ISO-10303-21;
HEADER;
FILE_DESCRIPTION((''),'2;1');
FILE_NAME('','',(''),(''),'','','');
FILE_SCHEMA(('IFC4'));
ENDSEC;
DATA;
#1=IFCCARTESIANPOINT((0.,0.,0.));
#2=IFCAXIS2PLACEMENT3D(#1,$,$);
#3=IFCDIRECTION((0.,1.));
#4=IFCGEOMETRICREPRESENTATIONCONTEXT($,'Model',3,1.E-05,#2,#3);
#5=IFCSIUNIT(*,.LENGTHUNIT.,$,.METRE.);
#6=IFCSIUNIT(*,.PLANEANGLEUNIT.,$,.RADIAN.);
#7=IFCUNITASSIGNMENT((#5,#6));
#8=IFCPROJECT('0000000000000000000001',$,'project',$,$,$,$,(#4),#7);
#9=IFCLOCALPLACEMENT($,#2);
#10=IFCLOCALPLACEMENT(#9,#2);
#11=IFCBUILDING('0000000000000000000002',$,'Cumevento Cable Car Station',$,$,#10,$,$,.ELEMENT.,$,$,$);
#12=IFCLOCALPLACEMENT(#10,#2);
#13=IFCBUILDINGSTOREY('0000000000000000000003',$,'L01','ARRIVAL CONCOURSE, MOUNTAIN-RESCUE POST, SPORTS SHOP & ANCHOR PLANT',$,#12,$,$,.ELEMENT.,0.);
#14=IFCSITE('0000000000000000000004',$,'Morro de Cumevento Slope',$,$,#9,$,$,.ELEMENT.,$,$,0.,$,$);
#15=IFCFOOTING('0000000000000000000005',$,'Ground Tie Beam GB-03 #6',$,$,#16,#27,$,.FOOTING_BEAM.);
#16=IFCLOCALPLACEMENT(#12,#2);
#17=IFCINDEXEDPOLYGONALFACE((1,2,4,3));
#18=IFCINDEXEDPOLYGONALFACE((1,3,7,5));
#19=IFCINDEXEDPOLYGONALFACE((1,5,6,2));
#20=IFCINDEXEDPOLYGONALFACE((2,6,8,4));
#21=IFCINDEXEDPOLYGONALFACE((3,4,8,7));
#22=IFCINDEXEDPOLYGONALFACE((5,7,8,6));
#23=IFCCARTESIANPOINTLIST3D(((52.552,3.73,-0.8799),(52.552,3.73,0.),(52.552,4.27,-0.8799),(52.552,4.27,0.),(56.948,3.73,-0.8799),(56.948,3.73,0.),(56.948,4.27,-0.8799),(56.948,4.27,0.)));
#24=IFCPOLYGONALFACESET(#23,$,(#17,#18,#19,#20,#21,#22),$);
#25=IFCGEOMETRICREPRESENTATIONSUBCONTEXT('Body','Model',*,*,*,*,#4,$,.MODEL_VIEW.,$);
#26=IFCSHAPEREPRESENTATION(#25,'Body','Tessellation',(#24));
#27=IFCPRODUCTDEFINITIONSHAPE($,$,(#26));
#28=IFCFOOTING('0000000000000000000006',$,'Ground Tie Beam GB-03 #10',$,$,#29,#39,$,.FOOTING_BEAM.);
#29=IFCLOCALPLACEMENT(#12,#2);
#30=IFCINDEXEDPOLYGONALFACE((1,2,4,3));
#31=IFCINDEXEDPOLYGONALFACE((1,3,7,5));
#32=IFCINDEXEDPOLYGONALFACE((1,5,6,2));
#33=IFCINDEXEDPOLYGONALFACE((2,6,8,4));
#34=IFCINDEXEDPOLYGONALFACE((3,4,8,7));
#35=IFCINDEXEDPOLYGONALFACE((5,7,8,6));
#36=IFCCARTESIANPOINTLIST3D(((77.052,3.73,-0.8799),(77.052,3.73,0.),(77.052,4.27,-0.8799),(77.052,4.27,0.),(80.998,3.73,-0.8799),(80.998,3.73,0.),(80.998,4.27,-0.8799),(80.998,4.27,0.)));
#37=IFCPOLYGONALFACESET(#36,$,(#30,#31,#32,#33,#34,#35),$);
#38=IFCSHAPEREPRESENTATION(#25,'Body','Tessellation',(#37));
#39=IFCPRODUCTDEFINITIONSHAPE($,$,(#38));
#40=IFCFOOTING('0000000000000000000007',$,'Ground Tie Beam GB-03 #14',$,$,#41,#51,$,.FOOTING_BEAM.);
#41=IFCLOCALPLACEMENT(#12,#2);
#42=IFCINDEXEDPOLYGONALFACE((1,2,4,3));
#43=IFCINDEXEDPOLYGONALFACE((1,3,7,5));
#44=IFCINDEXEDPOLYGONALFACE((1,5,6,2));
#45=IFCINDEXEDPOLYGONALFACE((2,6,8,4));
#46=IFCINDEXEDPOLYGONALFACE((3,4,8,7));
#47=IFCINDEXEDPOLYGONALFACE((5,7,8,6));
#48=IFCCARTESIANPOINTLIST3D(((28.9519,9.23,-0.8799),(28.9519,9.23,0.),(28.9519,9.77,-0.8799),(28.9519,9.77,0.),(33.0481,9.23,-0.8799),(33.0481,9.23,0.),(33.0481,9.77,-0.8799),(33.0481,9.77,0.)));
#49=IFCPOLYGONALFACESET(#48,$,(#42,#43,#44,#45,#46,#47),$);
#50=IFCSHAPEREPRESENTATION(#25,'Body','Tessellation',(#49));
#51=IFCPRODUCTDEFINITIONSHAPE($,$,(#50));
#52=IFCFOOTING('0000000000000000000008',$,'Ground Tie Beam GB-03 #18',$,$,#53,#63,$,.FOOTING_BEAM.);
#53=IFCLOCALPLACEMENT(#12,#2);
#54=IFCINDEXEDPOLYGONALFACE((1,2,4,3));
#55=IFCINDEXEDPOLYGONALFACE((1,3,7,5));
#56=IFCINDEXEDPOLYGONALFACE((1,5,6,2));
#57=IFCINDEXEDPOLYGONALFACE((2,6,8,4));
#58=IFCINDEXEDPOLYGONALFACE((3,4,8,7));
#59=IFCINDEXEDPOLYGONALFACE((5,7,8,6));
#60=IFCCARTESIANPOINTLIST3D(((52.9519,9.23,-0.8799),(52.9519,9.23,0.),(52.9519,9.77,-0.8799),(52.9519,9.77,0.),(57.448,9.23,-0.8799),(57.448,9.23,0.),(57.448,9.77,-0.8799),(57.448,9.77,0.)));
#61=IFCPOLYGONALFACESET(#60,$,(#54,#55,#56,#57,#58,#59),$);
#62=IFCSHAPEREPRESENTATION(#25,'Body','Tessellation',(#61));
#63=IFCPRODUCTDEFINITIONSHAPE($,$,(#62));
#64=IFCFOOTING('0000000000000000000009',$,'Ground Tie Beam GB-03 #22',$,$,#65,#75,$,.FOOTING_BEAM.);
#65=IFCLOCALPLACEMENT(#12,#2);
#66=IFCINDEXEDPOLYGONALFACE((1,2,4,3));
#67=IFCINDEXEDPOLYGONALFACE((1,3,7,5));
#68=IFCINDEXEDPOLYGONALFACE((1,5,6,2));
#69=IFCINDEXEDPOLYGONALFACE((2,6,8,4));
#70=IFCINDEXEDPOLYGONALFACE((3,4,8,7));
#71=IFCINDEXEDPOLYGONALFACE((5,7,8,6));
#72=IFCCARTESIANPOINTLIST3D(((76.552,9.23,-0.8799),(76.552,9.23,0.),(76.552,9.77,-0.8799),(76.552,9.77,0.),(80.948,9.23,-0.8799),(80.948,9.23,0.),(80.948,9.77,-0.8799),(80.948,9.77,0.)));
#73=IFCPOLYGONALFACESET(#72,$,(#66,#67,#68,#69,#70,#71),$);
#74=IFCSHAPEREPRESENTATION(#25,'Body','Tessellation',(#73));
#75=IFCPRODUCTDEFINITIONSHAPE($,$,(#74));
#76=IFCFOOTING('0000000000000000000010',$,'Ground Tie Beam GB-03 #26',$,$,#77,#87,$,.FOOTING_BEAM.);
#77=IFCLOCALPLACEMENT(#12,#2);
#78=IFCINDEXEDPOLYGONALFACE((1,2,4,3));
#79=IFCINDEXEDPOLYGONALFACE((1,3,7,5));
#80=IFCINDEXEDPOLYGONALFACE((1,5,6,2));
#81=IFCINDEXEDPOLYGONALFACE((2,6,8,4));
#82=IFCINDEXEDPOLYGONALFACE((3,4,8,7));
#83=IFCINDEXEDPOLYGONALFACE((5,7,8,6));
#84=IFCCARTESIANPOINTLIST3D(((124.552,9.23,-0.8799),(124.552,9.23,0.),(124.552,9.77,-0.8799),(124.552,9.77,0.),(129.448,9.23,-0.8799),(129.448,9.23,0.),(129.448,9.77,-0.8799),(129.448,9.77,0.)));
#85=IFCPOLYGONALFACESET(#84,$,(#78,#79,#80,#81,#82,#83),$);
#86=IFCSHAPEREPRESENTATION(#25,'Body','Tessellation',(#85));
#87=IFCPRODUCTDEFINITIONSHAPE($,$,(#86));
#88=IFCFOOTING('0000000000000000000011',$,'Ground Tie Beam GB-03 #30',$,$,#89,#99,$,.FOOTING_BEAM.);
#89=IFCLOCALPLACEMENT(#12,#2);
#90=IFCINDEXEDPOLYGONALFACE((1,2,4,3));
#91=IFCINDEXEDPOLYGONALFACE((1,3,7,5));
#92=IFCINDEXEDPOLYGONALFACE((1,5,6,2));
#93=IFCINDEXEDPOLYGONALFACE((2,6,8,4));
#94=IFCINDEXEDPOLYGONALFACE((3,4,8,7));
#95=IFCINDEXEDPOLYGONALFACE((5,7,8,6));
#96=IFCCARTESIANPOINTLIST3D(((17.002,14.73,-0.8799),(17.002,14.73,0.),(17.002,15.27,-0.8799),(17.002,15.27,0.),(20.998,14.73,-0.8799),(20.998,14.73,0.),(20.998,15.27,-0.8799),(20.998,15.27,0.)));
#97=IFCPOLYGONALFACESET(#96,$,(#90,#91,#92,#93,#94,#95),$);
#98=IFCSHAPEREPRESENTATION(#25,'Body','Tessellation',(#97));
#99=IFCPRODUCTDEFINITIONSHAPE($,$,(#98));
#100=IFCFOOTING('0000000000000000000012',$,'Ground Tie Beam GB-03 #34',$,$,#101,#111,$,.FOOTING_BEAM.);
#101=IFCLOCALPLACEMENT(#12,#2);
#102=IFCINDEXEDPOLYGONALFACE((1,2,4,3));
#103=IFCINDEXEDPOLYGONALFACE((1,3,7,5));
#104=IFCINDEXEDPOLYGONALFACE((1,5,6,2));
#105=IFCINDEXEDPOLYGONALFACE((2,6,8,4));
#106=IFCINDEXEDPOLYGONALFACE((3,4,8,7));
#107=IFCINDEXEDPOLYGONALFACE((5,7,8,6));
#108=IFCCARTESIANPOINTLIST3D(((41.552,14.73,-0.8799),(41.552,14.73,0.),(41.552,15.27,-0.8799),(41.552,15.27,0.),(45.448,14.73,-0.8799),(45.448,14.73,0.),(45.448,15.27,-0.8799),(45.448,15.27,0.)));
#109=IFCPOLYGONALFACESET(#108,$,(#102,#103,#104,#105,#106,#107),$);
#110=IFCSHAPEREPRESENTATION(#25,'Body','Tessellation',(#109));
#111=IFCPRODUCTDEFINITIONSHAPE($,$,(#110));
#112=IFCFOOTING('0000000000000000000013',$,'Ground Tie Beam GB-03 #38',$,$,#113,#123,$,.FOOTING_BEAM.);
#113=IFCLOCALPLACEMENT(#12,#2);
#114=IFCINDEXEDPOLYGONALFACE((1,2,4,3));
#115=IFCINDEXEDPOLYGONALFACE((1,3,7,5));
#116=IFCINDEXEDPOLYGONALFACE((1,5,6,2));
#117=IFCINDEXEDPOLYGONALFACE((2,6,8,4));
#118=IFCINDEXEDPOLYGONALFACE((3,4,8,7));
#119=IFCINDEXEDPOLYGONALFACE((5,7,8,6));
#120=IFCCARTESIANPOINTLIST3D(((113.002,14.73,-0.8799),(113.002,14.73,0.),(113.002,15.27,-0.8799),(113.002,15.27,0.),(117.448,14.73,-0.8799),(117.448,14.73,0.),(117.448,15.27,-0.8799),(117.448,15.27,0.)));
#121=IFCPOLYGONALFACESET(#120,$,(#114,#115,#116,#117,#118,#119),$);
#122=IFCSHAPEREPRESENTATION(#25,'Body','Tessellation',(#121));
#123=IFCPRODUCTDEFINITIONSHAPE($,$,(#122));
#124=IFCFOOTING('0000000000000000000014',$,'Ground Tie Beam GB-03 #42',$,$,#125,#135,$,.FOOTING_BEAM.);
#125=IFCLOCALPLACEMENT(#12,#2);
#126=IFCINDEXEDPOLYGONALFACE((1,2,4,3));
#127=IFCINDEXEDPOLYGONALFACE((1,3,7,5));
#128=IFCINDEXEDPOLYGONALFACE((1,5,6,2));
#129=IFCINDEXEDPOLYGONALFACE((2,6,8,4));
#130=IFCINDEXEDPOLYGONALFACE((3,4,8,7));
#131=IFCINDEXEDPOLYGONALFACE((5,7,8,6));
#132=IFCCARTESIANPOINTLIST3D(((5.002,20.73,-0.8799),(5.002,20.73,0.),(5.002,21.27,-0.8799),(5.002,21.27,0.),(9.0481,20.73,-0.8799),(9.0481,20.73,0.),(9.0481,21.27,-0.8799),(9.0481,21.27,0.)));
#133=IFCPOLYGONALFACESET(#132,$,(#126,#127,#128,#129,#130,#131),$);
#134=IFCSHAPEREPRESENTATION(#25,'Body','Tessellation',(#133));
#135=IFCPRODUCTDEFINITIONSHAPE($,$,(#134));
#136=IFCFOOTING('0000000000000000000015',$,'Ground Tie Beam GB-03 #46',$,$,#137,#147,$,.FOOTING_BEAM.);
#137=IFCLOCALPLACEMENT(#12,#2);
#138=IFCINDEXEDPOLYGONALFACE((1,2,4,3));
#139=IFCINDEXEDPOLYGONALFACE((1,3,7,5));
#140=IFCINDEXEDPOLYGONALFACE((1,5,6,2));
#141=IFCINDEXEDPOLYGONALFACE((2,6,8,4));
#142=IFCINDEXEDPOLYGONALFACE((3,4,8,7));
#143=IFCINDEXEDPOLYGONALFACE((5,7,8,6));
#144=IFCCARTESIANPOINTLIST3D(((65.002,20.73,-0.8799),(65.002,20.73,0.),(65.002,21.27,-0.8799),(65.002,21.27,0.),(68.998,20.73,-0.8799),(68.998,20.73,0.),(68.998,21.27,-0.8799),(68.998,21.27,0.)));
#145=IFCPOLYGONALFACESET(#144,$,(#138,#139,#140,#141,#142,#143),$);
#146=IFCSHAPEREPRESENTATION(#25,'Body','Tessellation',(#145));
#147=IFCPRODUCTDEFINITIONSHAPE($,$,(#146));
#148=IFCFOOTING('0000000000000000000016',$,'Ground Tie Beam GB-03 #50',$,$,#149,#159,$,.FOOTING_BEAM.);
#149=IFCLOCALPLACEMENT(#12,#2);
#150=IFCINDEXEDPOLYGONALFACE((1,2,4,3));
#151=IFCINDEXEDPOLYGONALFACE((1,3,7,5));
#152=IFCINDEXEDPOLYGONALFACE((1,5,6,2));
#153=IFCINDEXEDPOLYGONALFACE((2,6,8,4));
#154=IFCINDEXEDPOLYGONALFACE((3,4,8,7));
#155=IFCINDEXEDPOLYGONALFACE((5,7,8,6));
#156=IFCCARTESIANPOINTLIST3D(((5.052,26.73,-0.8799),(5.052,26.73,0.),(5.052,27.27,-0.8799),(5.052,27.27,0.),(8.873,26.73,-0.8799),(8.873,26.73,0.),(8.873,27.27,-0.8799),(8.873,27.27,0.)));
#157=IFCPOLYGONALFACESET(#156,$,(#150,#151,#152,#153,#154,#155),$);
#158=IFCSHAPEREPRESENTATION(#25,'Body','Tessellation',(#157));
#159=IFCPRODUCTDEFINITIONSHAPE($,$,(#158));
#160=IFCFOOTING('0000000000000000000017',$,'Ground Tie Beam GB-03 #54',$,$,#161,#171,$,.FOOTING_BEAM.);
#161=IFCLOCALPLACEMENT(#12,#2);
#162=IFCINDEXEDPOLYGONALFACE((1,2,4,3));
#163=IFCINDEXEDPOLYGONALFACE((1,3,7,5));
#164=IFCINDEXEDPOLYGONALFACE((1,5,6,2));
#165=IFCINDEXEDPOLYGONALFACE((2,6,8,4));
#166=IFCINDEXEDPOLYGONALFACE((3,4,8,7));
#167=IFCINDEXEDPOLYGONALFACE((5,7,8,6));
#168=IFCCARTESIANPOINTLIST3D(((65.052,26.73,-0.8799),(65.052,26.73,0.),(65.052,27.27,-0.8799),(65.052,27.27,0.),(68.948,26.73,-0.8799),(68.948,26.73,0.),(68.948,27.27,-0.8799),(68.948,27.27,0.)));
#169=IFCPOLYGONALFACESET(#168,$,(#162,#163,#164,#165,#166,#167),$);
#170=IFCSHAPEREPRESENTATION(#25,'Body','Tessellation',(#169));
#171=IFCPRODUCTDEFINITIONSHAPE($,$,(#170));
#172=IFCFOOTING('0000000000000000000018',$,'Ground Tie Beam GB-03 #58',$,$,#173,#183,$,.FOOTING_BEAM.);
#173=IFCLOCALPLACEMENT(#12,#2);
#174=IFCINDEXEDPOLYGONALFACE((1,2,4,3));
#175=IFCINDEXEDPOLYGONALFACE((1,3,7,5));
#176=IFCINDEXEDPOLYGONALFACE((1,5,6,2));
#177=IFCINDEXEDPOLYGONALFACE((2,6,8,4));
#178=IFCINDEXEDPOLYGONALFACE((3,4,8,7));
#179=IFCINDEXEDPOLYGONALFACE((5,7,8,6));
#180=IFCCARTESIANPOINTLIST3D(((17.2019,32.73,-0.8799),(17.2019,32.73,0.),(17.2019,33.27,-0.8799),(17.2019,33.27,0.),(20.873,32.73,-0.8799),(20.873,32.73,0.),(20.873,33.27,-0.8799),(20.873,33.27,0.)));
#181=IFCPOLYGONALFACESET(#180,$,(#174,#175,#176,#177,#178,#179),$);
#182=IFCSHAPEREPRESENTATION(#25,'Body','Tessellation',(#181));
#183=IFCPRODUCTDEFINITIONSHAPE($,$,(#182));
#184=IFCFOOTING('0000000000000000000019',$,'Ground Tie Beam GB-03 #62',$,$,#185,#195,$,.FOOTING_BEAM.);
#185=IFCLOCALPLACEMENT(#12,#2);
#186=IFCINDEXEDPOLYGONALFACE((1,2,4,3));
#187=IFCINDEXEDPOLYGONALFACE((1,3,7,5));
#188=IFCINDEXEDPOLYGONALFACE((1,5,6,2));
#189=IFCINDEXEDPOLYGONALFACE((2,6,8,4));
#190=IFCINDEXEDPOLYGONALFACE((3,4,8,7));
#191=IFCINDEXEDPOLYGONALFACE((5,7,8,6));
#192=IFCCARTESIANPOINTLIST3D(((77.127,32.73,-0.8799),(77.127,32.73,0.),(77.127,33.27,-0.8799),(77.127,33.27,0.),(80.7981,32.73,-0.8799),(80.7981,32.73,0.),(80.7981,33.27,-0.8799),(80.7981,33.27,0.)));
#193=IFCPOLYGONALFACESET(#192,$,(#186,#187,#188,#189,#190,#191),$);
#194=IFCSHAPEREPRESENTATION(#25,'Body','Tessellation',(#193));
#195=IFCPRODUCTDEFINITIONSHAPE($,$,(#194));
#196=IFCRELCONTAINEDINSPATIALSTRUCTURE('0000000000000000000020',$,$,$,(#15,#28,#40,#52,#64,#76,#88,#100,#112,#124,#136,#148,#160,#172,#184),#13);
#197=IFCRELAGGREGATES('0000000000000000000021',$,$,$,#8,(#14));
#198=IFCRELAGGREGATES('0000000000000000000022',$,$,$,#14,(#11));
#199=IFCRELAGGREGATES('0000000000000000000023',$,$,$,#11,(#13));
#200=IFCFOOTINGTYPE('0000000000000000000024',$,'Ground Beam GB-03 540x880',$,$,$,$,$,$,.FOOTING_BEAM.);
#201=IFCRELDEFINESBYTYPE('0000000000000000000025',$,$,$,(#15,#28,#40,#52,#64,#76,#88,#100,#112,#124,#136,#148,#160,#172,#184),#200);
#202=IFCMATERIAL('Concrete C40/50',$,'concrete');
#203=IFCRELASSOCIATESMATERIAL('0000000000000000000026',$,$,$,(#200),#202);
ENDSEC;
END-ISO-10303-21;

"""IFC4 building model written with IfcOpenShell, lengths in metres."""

from ifc_helpers import new_model, si_unit, direction, frame, origin, place, context, subcontext, project, spatial, polyline, outline, extrude, material, type_object, element, save


model = new_model("IFC4")

# Units and contexts
model_context = context("Model", 3, precision=1e-05, world=origin(), true_north=direction((0.0, 1.0)))
body_context = subcontext(model_context, "Body", "Model", "MODEL_VIEW")
ifc_project = project(units=[si_unit("LENGTHUNIT", "METRE"), si_unit("PLANEANGLEUNIT", "RADIAN")], contexts=[model_context])

# Site, building, storey
site_placement = place(None, origin())
site = spatial("IfcSite", under=ifc_project, at=site_placement, Name="Morro de Cumevento Slope", CompositionType="ELEMENT", RefElevation=0.0)
building_placement = place(site_placement, origin())
building = spatial("IfcBuilding", under=site, at=building_placement, Name="Cumevento Cable Car Station", CompositionType="ELEMENT")
storey_placement = place(building_placement, origin())
storey = spatial("IfcBuildingStorey", under=building, at=storey_placement, Name="L01", Description="ARRIVAL CONCOURSE, MOUNTAIN-RESCUE POST, SPORTS SHOP & ANCHOR PLANT", CompositionType="ELEMENT", Elevation=0.0)

# Footings
ifc_material = material(Name="Concrete C40/50", Category="concrete")
footing_type = type_object("IfcFootingType", Name="Ground Beam GB-03 540x880", PredefinedType="FOOTING_BEAM", material=ifc_material)
footing_1_placement = place(storey_placement, frame((0.0, 0.0, -0.8799)))
element("IfcFooting", 1, at=footing_1_placement, inside=storey, type_object=footing_type, Name="Ground Tie Beam GB-03 #6", PredefinedType="FOOTING_BEAM", context=body_context, shape_type="SweptSolid", body=[
    extrude(outline(polyline([(52.552, 3.73), (56.948, 3.73), (56.948, 4.27), (52.552, 4.27), (52.552, 3.73)])), origin(), (0.0, 0.0, 1.0), 0.8799),
])
footing_2_placement = place(storey_placement, frame((0.0, 0.0, -0.8799)))
element("IfcFooting", 2, at=footing_2_placement, inside=storey, type_object=footing_type, Name="Ground Tie Beam GB-03 #10", PredefinedType="FOOTING_BEAM", context=body_context, shape_type="SweptSolid", body=[
    extrude(outline(polyline([(77.052, 3.73), (80.998, 3.73), (80.998, 4.27), (77.052, 4.27), (77.052, 3.73)])), origin(), (0.0, 0.0, 1.0), 0.8799),
])
footing_3_placement = place(storey_placement, frame((0.0, 0.0, -0.8799)))
element("IfcFooting", 3, at=footing_3_placement, inside=storey, type_object=footing_type, Name="Ground Tie Beam GB-03 #14", PredefinedType="FOOTING_BEAM", context=body_context, shape_type="SweptSolid", body=[
    extrude(outline(polyline([(28.9519, 9.23), (33.0481, 9.23), (33.0481, 9.77), (28.9519, 9.77), (28.9519, 9.23)])), origin(), (0.0, 0.0, 1.0), 0.8799),
])
footing_4_placement = place(storey_placement, frame((0.0, 0.0, -0.8799)))
element("IfcFooting", 4, at=footing_4_placement, inside=storey, type_object=footing_type, Name="Ground Tie Beam GB-03 #18", PredefinedType="FOOTING_BEAM", context=body_context, shape_type="SweptSolid", body=[
    extrude(outline(polyline([(52.9519, 9.23), (57.448, 9.23), (57.448, 9.77), (52.9519, 9.77), (52.9519, 9.23)])), origin(), (0.0, 0.0, 1.0), 0.8799),
])
footing_5_placement = place(storey_placement, frame((0.0, 0.0, -0.8799)))
element("IfcFooting", 5, at=footing_5_placement, inside=storey, type_object=footing_type, Name="Ground Tie Beam GB-03 #22", PredefinedType="FOOTING_BEAM", context=body_context, shape_type="SweptSolid", body=[
    extrude(outline(polyline([(76.552, 9.23), (80.948, 9.23), (80.948, 9.77), (76.552, 9.77), (76.552, 9.23)])), origin(), (0.0, 0.0, 1.0), 0.8799),
])
footing_6_placement = place(storey_placement, frame((0.0, 0.0, -0.8799)))
element("IfcFooting", 6, at=footing_6_placement, inside=storey, type_object=footing_type, Name="Ground Tie Beam GB-03 #26", PredefinedType="FOOTING_BEAM", context=body_context, shape_type="SweptSolid", body=[
    extrude(outline(polyline([(124.552, 9.23), (129.448, 9.23), (129.448, 9.77), (124.552, 9.77), (124.552, 9.23)])), origin(), (0.0, 0.0, 1.0), 0.8799),
])
footing_7_placement = place(storey_placement, frame((0.0, 0.0, -0.8799)))
element("IfcFooting", 7, at=footing_7_placement, inside=storey, type_object=footing_type, Name="Ground Tie Beam GB-03 #30", PredefinedType="FOOTING_BEAM", context=body_context, shape_type="SweptSolid", body=[
    extrude(outline(polyline([(17.002, 14.73), (20.998, 14.73), (20.998, 15.27), (17.002, 15.27), (17.002, 14.73)])), origin(), (0.0, 0.0, 1.0), 0.8799),
])
footing_8_placement = place(storey_placement, frame((0.0, 0.0, -0.8799)))
element("IfcFooting", 8, at=footing_8_placement, inside=storey, type_object=footing_type, Name="Ground Tie Beam GB-03 #34", PredefinedType="FOOTING_BEAM", context=body_context, shape_type="SweptSolid", body=[
    extrude(outline(polyline([(41.552, 14.73), (45.448, 14.73), (45.448, 15.27), (41.552, 15.27), (41.552, 14.73)])), origin(), (0.0, 0.0, 1.0), 0.8799),
])
footing_9_placement = place(storey_placement, frame((0.0, 0.0, -0.8799)))
element("IfcFooting", 9, at=footing_9_placement, inside=storey, type_object=footing_type, Name="Ground Tie Beam GB-03 #38", PredefinedType="FOOTING_BEAM", context=body_context, shape_type="SweptSolid", body=[
    extrude(outline(polyline([(113.002, 14.73), (117.448, 14.73), (117.448, 15.27), (113.002, 15.27), (113.002, 14.73)])), origin(), (0.0, 0.0, 1.0), 0.8799),
])
footing_10_placement = place(storey_placement, frame((0.0, 0.0, -0.8799)))
element("IfcFooting", 10, at=footing_10_placement, inside=storey, type_object=footing_type, Name="Ground Tie Beam GB-03 #42", PredefinedType="FOOTING_BEAM", context=body_context, shape_type="SweptSolid", body=[
    extrude(outline(polyline([(5.002, 20.73), (9.0481, 20.73), (9.0481, 21.27), (5.002, 21.27), (5.002, 20.73)])), origin(), (0.0, 0.0, 1.0), 0.8799),
])
footing_11_placement = place(storey_placement, frame((0.0, 0.0, -0.8799)))
element("IfcFooting", 11, at=footing_11_placement, inside=storey, type_object=footing_type, Name="Ground Tie Beam GB-03 #46", PredefinedType="FOOTING_BEAM", context=body_context, shape_type="SweptSolid", body=[
    extrude(outline(polyline([(65.002, 20.73), (68.998, 20.73), (68.998, 21.27), (65.002, 21.27), (65.002, 20.73)])), origin(), (0.0, 0.0, 1.0), 0.8799),
])
footing_12_placement = place(storey_placement, frame((0.0, 0.0, -0.8799)))
element("IfcFooting", 12, at=footing_12_placement, inside=storey, type_object=footing_type, Name="Ground Tie Beam GB-03 #50", PredefinedType="FOOTING_BEAM", context=body_context, shape_type="SweptSolid", body=[
    extrude(outline(polyline([(5.052, 26.73), (8.873, 26.73), (8.873, 27.27), (5.052, 27.27), (5.052, 26.73)])), origin(), (0.0, 0.0, 1.0), 0.8799),
])
footing_13_placement = place(storey_placement, frame((0.0, 0.0, -0.8799)))
element("IfcFooting", 13, at=footing_13_placement, inside=storey, type_object=footing_type, Name="Ground Tie Beam GB-03 #54", PredefinedType="FOOTING_BEAM", context=body_context, shape_type="SweptSolid", body=[
    extrude(outline(polyline([(65.052, 26.73), (68.948, 26.73), (68.948, 27.27), (65.052, 27.27), (65.052, 26.73)])), origin(), (0.0, 0.0, 1.0), 0.8799),
])
footing_14_placement = place(storey_placement, frame((0.0, 0.0, -0.8799)))
element("IfcFooting", 14, at=footing_14_placement, inside=storey, type_object=footing_type, Name="Ground Tie Beam GB-03 #58", PredefinedType="FOOTING_BEAM", context=body_context, shape_type="SweptSolid", body=[
    extrude(outline(polyline([(17.2019, 32.73), (20.873, 32.73), (20.873, 33.27), (17.2019, 33.27), (17.2019, 32.73)])), origin(), (0.0, 0.0, 1.0), 0.8799),
])
footing_15_placement = place(storey_placement, frame((0.0, 0.0, -0.8799)))
element("IfcFooting", 15, at=footing_15_placement, inside=storey, type_object=footing_type, Name="Ground Tie Beam GB-03 #62", PredefinedType="FOOTING_BEAM", context=body_context, shape_type="SweptSolid", body=[
    extrude(outline(polyline([(77.127, 32.73), (80.7981, 32.73), (80.7981, 33.27), (77.127, 33.27), (77.127, 32.73)])), origin(), (0.0, 0.0, 1.0), 0.8799),
])

save(model, "model.ifc")
